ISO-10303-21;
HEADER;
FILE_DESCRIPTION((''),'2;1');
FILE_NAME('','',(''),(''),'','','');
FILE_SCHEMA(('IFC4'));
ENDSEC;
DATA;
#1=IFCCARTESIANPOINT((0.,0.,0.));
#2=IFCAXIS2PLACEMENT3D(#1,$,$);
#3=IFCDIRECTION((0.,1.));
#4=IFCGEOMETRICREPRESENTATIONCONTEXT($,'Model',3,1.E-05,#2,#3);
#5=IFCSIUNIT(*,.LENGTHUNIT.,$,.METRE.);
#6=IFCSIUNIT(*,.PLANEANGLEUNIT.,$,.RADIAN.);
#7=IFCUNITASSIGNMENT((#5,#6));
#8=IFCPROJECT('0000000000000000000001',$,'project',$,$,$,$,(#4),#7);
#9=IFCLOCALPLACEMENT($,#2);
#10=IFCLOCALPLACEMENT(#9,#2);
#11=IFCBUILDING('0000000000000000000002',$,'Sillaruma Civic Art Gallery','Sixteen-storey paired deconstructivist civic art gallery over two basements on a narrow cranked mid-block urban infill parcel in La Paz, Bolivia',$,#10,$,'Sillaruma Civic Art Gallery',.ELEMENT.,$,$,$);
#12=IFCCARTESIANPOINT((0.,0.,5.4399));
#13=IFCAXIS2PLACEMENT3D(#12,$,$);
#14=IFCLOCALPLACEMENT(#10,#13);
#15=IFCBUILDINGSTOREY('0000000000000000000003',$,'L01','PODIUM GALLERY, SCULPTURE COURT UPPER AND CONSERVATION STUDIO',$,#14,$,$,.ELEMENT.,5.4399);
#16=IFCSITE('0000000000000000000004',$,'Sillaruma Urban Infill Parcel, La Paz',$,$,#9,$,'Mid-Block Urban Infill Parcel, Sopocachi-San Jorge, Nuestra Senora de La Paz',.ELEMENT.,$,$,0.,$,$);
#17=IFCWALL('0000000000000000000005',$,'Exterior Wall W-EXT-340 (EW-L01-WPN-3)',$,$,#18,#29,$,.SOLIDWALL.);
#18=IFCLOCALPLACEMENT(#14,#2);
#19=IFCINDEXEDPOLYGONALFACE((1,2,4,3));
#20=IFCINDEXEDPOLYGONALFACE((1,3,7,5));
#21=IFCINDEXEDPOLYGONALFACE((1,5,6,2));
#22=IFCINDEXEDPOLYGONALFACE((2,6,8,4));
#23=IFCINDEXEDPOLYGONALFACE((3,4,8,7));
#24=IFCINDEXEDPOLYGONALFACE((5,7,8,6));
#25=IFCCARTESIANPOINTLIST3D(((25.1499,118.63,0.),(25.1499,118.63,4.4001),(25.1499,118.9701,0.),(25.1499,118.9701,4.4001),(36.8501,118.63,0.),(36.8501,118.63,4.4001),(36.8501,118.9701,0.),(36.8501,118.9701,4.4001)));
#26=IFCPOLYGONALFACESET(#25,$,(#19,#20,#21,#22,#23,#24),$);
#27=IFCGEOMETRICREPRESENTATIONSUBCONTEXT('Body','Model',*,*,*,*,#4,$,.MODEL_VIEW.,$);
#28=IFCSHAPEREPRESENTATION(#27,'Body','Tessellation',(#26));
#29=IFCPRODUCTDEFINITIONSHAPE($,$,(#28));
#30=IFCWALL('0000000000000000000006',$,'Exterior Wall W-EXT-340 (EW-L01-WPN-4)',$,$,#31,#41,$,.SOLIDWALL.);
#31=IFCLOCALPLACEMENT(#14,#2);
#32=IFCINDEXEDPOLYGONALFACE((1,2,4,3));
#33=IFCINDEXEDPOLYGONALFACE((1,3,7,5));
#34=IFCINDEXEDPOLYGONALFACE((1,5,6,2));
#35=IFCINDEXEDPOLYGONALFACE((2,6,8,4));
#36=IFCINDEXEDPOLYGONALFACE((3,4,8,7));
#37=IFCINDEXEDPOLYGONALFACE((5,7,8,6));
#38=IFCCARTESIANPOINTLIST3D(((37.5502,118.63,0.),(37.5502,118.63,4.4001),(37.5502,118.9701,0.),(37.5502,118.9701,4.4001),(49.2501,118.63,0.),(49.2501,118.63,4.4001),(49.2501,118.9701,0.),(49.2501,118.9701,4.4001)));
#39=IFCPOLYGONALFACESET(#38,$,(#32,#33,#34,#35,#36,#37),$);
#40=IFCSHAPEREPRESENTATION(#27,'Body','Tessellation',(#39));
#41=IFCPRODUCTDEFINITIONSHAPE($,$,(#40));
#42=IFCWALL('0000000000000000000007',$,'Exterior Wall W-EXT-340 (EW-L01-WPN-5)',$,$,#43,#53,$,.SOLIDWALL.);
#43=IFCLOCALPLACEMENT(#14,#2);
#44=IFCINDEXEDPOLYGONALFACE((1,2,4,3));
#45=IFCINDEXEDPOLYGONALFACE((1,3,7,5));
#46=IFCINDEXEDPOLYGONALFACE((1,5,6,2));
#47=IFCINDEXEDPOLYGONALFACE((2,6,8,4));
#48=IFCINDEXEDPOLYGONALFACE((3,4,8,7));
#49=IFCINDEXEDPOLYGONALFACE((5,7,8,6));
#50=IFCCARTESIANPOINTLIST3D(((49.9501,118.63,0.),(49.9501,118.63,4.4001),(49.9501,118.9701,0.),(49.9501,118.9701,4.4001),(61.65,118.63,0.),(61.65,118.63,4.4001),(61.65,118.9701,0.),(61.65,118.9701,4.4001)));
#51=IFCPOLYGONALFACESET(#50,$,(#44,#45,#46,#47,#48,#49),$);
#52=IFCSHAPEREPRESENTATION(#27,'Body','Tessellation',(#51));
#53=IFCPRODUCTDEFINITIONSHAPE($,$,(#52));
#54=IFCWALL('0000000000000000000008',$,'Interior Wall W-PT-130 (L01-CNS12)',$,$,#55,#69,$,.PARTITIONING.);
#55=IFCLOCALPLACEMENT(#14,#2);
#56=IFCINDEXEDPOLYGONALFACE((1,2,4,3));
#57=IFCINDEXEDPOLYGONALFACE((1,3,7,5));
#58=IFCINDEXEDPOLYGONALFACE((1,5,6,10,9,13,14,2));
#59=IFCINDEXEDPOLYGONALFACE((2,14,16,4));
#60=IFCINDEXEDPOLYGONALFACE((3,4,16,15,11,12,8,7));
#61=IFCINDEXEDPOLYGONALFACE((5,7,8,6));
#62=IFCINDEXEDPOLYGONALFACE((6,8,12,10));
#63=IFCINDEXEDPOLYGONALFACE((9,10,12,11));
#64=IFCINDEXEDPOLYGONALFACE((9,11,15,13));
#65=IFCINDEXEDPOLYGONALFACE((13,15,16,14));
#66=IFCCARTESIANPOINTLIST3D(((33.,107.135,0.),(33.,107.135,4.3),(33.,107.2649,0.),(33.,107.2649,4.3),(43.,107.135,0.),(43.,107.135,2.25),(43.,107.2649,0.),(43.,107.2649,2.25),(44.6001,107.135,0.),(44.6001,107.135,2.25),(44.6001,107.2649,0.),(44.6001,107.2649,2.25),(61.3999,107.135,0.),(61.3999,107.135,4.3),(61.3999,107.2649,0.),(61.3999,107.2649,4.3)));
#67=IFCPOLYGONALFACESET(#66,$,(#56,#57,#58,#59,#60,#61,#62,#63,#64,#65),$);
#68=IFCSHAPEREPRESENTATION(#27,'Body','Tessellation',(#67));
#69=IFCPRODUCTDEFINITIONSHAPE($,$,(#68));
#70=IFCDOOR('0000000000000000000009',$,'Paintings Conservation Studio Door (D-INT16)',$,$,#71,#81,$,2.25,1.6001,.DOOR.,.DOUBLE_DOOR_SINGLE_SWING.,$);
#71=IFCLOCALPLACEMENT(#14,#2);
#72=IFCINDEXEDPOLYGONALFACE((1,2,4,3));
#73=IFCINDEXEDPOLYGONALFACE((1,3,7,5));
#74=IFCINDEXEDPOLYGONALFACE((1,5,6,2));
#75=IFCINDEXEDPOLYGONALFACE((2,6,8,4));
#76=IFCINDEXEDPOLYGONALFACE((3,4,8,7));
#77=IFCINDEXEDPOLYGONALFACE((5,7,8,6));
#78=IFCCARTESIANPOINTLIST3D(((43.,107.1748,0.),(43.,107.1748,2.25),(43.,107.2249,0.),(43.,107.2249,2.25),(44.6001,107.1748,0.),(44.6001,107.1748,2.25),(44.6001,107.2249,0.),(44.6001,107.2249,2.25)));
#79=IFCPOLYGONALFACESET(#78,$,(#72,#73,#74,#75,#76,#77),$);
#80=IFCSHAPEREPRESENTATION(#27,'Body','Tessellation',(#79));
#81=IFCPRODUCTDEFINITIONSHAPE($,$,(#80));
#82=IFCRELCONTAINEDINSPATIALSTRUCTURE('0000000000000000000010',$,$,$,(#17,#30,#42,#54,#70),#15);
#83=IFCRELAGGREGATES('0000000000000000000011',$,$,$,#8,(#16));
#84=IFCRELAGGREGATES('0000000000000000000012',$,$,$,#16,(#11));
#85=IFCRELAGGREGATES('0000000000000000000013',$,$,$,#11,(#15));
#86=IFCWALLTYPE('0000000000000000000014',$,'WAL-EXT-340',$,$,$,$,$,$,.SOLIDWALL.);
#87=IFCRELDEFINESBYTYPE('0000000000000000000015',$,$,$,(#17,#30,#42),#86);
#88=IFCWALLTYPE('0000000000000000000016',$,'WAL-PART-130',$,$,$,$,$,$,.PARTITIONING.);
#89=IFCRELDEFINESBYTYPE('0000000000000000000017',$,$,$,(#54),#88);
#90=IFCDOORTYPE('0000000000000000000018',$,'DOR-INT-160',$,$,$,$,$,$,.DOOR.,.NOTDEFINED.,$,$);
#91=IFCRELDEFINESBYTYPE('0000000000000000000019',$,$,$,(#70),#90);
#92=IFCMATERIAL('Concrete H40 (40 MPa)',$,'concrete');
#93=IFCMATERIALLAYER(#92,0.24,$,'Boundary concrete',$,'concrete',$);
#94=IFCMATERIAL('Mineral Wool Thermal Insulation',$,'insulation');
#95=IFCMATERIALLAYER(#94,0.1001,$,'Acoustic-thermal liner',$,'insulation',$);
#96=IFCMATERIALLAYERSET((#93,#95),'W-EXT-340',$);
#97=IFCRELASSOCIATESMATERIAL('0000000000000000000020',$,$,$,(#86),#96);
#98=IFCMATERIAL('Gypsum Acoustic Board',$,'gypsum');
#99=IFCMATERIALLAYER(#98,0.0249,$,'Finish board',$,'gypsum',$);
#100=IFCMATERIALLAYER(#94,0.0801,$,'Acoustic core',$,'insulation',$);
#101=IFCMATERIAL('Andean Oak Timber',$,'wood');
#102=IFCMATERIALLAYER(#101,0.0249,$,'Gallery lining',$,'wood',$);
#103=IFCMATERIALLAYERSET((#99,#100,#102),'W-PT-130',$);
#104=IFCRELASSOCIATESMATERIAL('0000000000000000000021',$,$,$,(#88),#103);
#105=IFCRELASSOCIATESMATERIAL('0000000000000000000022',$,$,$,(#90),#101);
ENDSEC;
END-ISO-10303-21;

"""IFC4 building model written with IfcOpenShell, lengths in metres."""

from ifc_helpers import new_model, si_unit, direction, frame, frame_2d, origin, place, context, subcontext, project, spatial, rectangle, extrude, material, layer, layer_set, type_object, element, fill, save


model = new_model("IFC4")

# Units and contexts
model_context = context("Model", 3, precision=1e-05, world=origin(), true_north=direction((0.0, 1.0)))
body_context = subcontext(model_context, "Body", "Model", "MODEL_VIEW")
ifc_project = project(units=[si_unit("LENGTHUNIT", "METRE"), si_unit("PLANEANGLEUNIT", "RADIAN")], contexts=[model_context])

# Site, building, storey
site_placement = place(None, origin())
site = spatial("IfcSite", under=ifc_project, at=site_placement, Name="Sillaruma Urban Infill Parcel, La Paz", LongName="Mid-Block Urban Infill Parcel, Sopocachi-San Jorge, Nuestra Senora de La Paz", CompositionType="ELEMENT", RefElevation=0.0)
building_placement = place(site_placement, origin())
building = spatial("IfcBuilding", under=site, at=building_placement, Name="Sillaruma Civic Art Gallery", Description="Sixteen-storey paired deconstructivist civic art gallery over two basements on a narrow cranked mid-block urban infill parcel in La Paz, Bolivia", LongName="Sillaruma Civic Art Gallery", CompositionType="ELEMENT")
storey_placement = place(building_placement, frame((0.0, 0.0, 5.4399)))
storey = spatial("IfcBuildingStorey", under=building, at=storey_placement, Name="L01", Description="PODIUM GALLERY, SCULPTURE COURT UPPER AND CONSERVATION STUDIO", CompositionType="ELEMENT", Elevation=5.4399)

# Shared definitions
ifc_material_1 = material(Name="Concrete H40 (40 MPa)", Category="concrete")

# Walls
ifc_layer_1 = layer(ifc_material_1, 0.24, Name="Boundary concrete", Category="concrete")
ifc_material_2 = material(Name="Mineral Wool Thermal Insulation", Category="insulation")
ifc_layer_2 = layer(ifc_material_2, 0.1001, Name="Acoustic-thermal liner", Category="insulation")
ifc_layer_set_1 = layer_set([ifc_layer_1, ifc_layer_2], Name="W-EXT-340")
wall_type_1 = type_object("IfcWallType", Name="WAL-EXT-340", PredefinedType="SOLIDWALL", material=ifc_layer_set_1)
wall_1_placement = place(storey_placement, frame((25.1499, 118.8, 0.0), z_axis=(0.0, 0.0, 1.0), x_axis=(1.0, 0.0, 0.0)))
element("IfcWall", 1, at=wall_1_placement, inside=storey, type_object=wall_type_1, Name="Exterior Wall W-EXT-340 (EW-L01-WPN-3)", PredefinedType="SOLIDWALL", context=body_context, shape_type="SweptSolid", body=[
    extrude(rectangle(XDim=11.7002, YDim=0.3401, at=frame_2d((5.8501, 0.0))), origin(), (0.0, 0.0, 1.0), 4.4001),
])
for number, where, z_axis, x_axis, name in (
    (2, (37.55, 118.8, 0.0), (0.0, 0.0, 1.0), (1.0, 0.0, 0.0), "Exterior Wall W-EXT-340 (EW-L01-WPN-4)"),
    (3, (49.95, 118.8, 0.0), (0.0, 0.0, 1.0), (1.0, 0.0, 0.0), "Exterior Wall W-EXT-340 (EW-L01-WPN-5)"),
):
    element("IfcWall", number, at=place(storey_placement, frame(where, z_axis=z_axis, x_axis=x_axis)), inside=storey, type_object=wall_type_1, Name=name, PredefinedType="SOLIDWALL", context=body_context, shape_type="SweptSolid", body=[
        extrude(rectangle(XDim=11.7, YDim=0.3401, at=frame_2d((5.8501, 0.0))), origin(), (0.0, 0.0, 1.0), 4.4001),
    ])

# Wall, opening, door
ifc_material_3 = material(Name="Gypsum Acoustic Board", Category="gypsum")
ifc_layer_3 = layer(ifc_material_3, 0.0249, Name="Finish board", Category="gypsum")
ifc_layer_4 = layer(ifc_material_2, 0.0801, Name="Acoustic core", Category="insulation")
ifc_material_4 = material(Name="Andean Oak Timber", Category="wood")
ifc_layer_5 = layer(ifc_material_4, 0.0249, Name="Gallery lining", Category="wood")
ifc_layer_set_2 = layer_set([ifc_layer_3, ifc_layer_4, ifc_layer_5], Name="W-PT-130")
wall_type_2 = type_object("IfcWallType", Name="WAL-PART-130", PredefinedType="PARTITIONING", material=ifc_layer_set_2)
wall_2_placement = place(storey_placement, frame((33.0, 107.2, 0.0), z_axis=(0.0, 0.0, 1.0), x_axis=(1.0, 0.0, 0.0)))
wall_2 = element("IfcWall", 4, at=wall_2_placement, inside=storey, type_object=wall_type_2, Name="Interior Wall W-PT-130 (L01-CNS12)", PredefinedType="PARTITIONING", context=body_context, shape_type="SweptSolid", body=[
    extrude(rectangle(XDim=28.3999, YDim=0.1299, at=frame_2d((14.2, 0.0))), origin(), (0.0, 0.0, 1.0), 4.3),
])
opening_placement = place(wall_2_placement, frame((10.0, 0.0, 0.0)))
opening = element("IfcOpeningElement", 5, at=opening_placement, cuts=wall_2, PredefinedType="OPENING", context=body_context, shape_type="SweptSolid", body=[
    extrude(rectangle(XDim=1.6001, YDim=2.25, at=frame_2d((0.8, 1.125))), frame((0.0, 0.075, 0.0), z_axis=(0.0, -1.0, 0.0), x_axis=(1.0, 0.0, 0.0)), (0.0, 0.0, 1.0), 0.1499),
])
door_type = type_object("IfcDoorType", Name="DOR-INT-160", OperationType="NOTDEFINED", PredefinedType="DOOR", material=ifc_material_4)
door_placement = place(opening_placement, origin())
door = element("IfcDoor", 6, at=door_placement, inside=storey, type_object=door_type, Name="Paintings Conservation Studio Door (D-INT16)", OperationType="DOUBLE_DOOR_SINGLE_SWING", OverallHeight=2.25, OverallWidth=1.6001, PredefinedType="DOOR", context=body_context, shape_type="SweptSolid", body=[
    extrude(rectangle(XDim=1.6001, YDim=2.25, at=frame_2d((0.8, 1.125))), frame((0.0, 0.0249, 0.0), z_axis=(0.0, -1.0, 0.0), x_axis=(1.0, 0.0, 0.0)), (0.0, 0.0, 1.0), 0.05),
])
fill(opening, door)

save(model, "model.ifc")
